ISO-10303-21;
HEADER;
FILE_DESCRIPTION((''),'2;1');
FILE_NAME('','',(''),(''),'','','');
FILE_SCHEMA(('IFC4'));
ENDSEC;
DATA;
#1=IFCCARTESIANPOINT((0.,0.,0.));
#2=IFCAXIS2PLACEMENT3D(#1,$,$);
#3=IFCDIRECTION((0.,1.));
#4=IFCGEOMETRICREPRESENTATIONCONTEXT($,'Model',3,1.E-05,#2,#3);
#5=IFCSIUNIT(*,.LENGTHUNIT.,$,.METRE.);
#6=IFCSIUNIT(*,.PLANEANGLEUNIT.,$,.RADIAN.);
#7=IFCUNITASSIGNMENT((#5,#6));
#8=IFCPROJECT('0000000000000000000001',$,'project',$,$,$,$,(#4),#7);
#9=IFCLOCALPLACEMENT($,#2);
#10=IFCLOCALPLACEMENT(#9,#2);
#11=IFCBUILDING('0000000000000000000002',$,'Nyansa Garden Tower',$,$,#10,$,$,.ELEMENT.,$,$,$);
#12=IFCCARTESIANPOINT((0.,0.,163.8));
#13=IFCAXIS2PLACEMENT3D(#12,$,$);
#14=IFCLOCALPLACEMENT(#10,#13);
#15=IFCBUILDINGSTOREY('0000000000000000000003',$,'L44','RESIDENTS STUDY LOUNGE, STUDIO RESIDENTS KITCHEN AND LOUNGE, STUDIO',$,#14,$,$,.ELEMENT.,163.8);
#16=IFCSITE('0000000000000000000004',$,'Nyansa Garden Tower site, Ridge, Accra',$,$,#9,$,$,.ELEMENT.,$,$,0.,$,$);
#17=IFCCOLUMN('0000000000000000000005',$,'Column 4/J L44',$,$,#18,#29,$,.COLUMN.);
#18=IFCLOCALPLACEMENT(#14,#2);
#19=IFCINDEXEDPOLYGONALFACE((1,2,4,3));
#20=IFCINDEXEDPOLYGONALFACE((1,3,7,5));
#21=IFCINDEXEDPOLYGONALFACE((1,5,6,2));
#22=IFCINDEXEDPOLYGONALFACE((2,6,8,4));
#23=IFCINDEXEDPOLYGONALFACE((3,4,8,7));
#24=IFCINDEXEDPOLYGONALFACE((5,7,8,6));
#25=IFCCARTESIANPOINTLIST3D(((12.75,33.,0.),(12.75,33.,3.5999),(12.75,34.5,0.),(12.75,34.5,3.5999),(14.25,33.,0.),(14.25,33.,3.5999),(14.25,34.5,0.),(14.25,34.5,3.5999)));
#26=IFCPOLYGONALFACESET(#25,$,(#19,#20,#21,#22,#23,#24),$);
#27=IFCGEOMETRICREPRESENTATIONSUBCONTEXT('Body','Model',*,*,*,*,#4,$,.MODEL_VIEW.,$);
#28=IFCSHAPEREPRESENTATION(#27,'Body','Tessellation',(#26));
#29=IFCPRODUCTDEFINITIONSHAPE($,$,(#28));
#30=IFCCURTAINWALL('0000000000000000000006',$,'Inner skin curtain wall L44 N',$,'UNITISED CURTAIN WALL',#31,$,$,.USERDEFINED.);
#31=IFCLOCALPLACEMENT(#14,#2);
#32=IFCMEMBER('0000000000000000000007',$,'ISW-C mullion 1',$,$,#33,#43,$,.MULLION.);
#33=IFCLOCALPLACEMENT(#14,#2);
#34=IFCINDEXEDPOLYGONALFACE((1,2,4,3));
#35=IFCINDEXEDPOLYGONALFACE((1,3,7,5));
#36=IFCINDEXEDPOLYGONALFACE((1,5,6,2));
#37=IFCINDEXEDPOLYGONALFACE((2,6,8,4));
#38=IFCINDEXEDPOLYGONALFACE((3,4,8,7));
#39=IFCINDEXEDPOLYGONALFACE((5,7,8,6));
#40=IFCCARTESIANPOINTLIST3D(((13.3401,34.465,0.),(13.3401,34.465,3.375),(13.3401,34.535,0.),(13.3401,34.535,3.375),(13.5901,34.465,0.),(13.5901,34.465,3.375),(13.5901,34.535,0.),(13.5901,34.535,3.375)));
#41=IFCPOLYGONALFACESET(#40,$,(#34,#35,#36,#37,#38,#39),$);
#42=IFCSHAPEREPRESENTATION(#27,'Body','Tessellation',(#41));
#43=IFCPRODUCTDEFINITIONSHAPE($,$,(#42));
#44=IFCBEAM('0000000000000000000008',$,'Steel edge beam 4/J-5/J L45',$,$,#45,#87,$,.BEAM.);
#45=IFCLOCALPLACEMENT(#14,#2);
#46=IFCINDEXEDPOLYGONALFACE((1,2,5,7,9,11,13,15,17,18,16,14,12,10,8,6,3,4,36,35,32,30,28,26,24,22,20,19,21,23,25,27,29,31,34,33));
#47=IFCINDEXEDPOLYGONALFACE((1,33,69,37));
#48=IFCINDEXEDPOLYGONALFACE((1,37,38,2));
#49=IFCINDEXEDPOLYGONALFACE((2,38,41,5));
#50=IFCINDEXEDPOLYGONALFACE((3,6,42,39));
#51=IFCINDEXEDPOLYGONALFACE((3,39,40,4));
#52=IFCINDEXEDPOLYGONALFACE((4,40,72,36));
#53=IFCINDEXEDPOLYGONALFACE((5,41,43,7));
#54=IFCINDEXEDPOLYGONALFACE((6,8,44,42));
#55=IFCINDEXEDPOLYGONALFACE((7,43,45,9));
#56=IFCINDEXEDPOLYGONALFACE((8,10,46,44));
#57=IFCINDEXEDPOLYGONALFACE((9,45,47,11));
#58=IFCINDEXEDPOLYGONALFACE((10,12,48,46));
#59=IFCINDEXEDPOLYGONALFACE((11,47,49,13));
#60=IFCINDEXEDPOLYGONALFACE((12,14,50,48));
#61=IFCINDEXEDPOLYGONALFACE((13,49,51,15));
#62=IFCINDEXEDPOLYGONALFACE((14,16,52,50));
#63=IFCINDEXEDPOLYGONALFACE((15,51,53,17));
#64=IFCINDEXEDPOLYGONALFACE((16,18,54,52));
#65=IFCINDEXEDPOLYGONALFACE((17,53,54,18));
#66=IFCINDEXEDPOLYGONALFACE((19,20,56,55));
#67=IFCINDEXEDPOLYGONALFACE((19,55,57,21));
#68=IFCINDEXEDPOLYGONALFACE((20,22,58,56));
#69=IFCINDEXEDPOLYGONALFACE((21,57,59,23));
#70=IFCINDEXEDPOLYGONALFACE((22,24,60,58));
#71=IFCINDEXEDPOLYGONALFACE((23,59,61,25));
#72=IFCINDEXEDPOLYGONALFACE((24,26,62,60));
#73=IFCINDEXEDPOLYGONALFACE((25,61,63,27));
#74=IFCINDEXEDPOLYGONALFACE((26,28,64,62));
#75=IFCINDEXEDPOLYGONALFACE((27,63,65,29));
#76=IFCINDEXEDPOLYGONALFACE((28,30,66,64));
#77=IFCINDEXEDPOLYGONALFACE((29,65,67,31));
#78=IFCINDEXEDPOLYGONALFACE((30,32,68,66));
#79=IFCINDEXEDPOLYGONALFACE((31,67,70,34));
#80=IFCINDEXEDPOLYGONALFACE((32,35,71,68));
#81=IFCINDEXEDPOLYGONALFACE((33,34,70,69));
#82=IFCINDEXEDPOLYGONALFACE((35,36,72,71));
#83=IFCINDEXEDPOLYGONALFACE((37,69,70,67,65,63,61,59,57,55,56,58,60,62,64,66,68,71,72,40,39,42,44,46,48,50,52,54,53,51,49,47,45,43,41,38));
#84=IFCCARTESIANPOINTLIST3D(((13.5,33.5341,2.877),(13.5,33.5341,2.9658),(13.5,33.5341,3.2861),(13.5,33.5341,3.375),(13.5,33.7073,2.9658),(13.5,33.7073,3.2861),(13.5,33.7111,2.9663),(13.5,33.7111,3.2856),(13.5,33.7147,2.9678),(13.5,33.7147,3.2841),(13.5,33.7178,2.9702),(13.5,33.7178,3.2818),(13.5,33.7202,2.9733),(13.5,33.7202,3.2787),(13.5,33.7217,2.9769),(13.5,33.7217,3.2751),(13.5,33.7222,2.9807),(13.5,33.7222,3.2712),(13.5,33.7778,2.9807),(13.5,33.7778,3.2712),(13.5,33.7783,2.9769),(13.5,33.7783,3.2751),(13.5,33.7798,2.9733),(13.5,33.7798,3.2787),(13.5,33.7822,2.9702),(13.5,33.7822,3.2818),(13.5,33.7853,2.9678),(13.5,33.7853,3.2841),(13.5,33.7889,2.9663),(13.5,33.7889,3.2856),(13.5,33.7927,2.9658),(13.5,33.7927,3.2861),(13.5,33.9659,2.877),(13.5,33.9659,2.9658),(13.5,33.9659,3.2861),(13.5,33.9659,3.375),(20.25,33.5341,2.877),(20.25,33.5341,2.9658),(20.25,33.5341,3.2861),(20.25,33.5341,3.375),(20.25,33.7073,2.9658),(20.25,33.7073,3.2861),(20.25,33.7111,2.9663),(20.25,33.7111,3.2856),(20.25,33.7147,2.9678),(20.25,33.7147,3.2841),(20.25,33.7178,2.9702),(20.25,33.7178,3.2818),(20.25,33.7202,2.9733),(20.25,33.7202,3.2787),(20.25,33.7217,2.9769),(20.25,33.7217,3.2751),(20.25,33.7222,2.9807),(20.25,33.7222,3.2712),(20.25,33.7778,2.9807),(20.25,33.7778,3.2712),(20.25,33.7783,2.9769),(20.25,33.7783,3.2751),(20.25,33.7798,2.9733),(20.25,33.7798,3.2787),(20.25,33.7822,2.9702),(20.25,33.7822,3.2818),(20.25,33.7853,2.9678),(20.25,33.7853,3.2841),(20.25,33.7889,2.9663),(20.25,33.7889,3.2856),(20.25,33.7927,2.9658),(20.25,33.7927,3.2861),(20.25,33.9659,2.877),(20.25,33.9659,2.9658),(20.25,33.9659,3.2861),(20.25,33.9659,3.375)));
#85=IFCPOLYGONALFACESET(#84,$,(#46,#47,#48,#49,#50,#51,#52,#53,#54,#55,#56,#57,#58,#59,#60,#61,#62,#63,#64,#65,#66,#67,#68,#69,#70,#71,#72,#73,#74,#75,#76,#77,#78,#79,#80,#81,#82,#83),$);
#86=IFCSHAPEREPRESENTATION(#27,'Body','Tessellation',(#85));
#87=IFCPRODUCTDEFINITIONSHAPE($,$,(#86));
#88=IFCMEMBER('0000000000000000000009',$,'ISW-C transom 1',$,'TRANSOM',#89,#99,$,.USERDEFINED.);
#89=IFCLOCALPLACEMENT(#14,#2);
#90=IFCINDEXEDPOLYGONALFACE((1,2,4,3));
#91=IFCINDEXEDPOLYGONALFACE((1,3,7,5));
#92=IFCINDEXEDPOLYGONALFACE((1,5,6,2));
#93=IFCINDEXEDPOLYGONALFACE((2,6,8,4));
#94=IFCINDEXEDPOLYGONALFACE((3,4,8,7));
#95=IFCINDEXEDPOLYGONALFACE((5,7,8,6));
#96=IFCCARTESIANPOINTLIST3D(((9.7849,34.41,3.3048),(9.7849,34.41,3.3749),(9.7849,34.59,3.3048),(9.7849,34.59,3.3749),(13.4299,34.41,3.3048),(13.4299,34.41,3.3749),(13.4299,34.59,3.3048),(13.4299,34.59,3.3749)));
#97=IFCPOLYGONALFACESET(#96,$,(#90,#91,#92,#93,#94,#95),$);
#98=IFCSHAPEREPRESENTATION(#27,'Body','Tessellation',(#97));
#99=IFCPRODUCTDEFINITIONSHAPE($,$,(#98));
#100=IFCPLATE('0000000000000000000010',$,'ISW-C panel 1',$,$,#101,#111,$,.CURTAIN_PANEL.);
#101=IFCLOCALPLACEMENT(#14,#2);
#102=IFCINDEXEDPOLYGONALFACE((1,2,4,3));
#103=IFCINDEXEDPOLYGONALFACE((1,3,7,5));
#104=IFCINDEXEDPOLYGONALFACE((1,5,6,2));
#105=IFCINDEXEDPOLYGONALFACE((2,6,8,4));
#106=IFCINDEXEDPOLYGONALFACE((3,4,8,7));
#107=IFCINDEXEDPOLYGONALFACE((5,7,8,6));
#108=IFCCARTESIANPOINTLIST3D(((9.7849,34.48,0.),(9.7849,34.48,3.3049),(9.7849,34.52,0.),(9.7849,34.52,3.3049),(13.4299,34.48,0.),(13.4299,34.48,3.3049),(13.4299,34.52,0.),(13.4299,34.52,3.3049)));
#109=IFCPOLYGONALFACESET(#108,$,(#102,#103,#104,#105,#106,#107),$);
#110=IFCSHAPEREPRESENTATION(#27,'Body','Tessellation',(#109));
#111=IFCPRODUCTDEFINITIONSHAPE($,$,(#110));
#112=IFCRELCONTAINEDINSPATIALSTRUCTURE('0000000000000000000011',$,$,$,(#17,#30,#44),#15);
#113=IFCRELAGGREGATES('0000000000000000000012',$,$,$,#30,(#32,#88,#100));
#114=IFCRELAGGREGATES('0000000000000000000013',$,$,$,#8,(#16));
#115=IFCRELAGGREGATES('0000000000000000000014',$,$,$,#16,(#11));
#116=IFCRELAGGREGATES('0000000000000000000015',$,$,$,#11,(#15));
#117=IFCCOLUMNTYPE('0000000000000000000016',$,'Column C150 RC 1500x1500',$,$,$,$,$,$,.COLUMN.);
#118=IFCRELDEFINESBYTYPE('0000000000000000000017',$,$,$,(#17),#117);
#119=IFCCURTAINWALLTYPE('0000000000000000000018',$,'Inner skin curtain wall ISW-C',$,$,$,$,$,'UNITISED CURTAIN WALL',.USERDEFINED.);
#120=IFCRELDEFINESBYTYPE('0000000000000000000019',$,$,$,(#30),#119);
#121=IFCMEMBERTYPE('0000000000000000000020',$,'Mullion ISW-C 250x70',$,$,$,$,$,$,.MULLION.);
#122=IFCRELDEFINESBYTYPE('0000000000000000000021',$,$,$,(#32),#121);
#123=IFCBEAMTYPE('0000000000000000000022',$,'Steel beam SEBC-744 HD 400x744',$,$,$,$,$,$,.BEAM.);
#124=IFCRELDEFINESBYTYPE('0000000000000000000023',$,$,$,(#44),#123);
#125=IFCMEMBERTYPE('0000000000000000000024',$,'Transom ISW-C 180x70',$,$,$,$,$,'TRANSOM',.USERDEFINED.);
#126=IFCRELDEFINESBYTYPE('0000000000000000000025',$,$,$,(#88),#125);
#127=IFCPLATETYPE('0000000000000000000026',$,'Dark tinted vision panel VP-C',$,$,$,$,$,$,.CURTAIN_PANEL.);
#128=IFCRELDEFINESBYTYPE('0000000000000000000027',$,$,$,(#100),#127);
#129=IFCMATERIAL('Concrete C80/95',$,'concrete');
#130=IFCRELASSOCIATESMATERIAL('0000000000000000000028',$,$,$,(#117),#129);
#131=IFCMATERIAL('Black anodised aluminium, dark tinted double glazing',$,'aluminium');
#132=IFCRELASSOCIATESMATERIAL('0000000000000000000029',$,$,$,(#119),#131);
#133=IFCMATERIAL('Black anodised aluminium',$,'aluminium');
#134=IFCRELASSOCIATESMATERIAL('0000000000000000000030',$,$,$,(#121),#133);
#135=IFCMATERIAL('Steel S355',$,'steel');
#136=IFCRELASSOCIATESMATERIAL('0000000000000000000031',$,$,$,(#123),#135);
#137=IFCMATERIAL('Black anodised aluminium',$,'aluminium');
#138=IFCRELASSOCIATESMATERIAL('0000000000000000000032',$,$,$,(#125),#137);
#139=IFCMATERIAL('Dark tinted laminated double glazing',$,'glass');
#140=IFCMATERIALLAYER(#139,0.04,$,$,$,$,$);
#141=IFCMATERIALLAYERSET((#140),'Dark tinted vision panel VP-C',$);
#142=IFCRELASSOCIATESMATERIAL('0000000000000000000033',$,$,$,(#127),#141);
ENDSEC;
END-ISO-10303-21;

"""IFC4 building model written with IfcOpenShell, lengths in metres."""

from ifc_helpers import new_model, si_unit, direction, frame, origin, origin_2d, place, context, subcontext, project, spatial, rectangle, i_section, extrude, material, layer, layer_set, material_profile, profile_set, type_object, element, aggregate, save


model = new_model("IFC4")

# Units and contexts
model_context = context("Model", 3, precision=1e-05, world=origin(), true_north=direction((0.0, 1.0)))
body_context = subcontext(model_context, "Body", "Model", "MODEL_VIEW")
ifc_project = project(units=[si_unit("LENGTHUNIT", "METRE"), si_unit("PLANEANGLEUNIT", "RADIAN")], contexts=[model_context])

# Site, building, storey
site_placement = place(None, origin())
site = spatial("IfcSite", under=ifc_project, at=site_placement, Name="Nyansa Garden Tower site, Ridge, Accra", CompositionType="ELEMENT", RefElevation=0.0)
building_placement = place(site_placement, origin())
building = spatial("IfcBuilding", under=site, at=building_placement, Name="Nyansa Garden Tower", CompositionType="ELEMENT")
storey_placement = place(building_placement, frame((0.0, 0.0, 163.8)))
storey = spatial("IfcBuildingStorey", under=building, at=storey_placement, Name="L44", Description="RESIDENTS STUDY LOUNGE, STUDIO RESIDENTS KITCHEN AND LOUNGE, STUDIO", CompositionType="ELEMENT", Elevation=163.8)

# Column
ifc_material_1 = material(Name="Concrete C80/95", Category="concrete")
ifc_material_profile_1 = material_profile(ifc_material_1, rectangle(XDim=1.5, YDim=1.5, at=origin_2d()), Name="RC 1500x1500")
ifc_profile_set_1 = profile_set([ifc_material_profile_1], Name="Concrete C80/95")
column_type = type_object("IfcColumnType", Name="Column C150 RC 1500x1500", PredefinedType="COLUMN", material=ifc_profile_set_1)
column_placement = place(storey_placement, frame((13.5, 33.75, 0.0), z_axis=(0.0, 0.0, 1.0), x_axis=(1.0, 0.0, 0.0)))
element("IfcColumn", 1, at=column_placement, inside=storey, type_object=column_type, Name="Column 4/J L44", PredefinedType="COLUMN", context=body_context, shape_type="SweptSolid", body=[
    extrude(rectangle(XDim=1.5, YDim=1.5, at=origin_2d()), origin(), (0.0, 0.0, 1.0), 3.5999),
])

# Curtain wall, member
ifc_material_2 = material(Name="Black anodised aluminium, dark tinted double glazing", Category="aluminium")
curtain_wall_type = type_object("IfcCurtainWallType", Name="Inner skin curtain wall ISW-C", ElementType="UNITISED CURTAIN WALL", PredefinedType="USERDEFINED", material=ifc_material_2)
curtain_wall_placement = place(storey_placement, origin())
curtain_wall = element("IfcCurtainWall", 2, at=curtain_wall_placement, inside=storey, type_object=curtain_wall_type, Name="Inner skin curtain wall L44 N", ObjectType="UNITISED CURTAIN WALL", PredefinedType="USERDEFINED")
ifc_material_3 = material(Name="Black anodised aluminium", Category="aluminium")
ifc_material_profile_2 = material_profile(ifc_material_3, rectangle(XDim=0.0701, YDim=0.25, at=origin_2d()), Name="Mullion 250x70")
ifc_profile_set_2 = profile_set([ifc_material_profile_2], Name="Black anodised aluminium")
member_type_1 = type_object("IfcMemberType", Name="Mullion ISW-C 250x70", PredefinedType="MULLION", material=ifc_profile_set_2)
member_1_placement = place(storey_placement, frame((13.4651, 34.5, 0.0), z_axis=(0.0, 0.0, 1.0), x_axis=(0.0, -1.0, 0.0)))
member_1 = element("IfcMember", 3, at=member_1_placement, type_object=member_type_1, Name="ISW-C mullion 1", PredefinedType="MULLION", context=body_context, shape_type="SweptSolid", body=[
    extrude(rectangle(XDim=0.0701, YDim=0.25, at=origin_2d()), origin(), (0.0, 0.0, 1.0), 3.375),
])

# Beam
ifc_material_4 = material(Name="Steel S355", Category="steel")
ifc_material_profile_3 = material_profile(ifc_material_4, i_section(OverallWidth=0.4319, OverallDepth=0.498, WebThickness=0.0557, FlangeThickness=0.0889, FilletRadius=0.0149, at=origin_2d()), Name="HD 400x744")
ifc_profile_set_3 = profile_set([ifc_material_profile_3], Name="Steel S355")
beam_type = type_object("IfcBeamType", Name="Steel beam SEBC-744 HD 400x744", PredefinedType="BEAM", material=ifc_profile_set_3)
beam_placement = place(storey_placement, frame((13.5, 33.75, 3.126), z_axis=(1.0, 0.0, 0.0), x_axis=(0.0, 1.0, 0.0)))
element("IfcBeam", 4, at=beam_placement, inside=storey, type_object=beam_type, Name="Steel edge beam 4/J-5/J L45", PredefinedType="BEAM", context=body_context, shape_type="SweptSolid", body=[
    extrude(i_section(OverallWidth=0.4319, OverallDepth=0.498, WebThickness=0.0557, FlangeThickness=0.0889, FilletRadius=0.0149, at=origin_2d()), origin(), (0.0, 0.0, 1.0), 6.75),
])

# Member
ifc_material_5 = material(Name="Black anodised aluminium", Category="aluminium")
ifc_material_profile_4 = material_profile(ifc_material_5, rectangle(XDim=0.1799, YDim=0.0701, at=origin_2d()), Name="Transom 180x70")
ifc_profile_set_4 = profile_set([ifc_material_profile_4], Name="Black anodised aluminium")
member_type_2 = type_object("IfcMemberType", Name="Transom ISW-C 180x70", ElementType="TRANSOM", PredefinedType="USERDEFINED", material=ifc_profile_set_4)
member_2_placement = place(storey_placement, frame((13.4299, 34.5, 3.3398), z_axis=(-1.0, 0.0, 0.0), x_axis=(0.0, -1.0, 0.0)))
member_2 = element("IfcMember", 5, at=member_2_placement, type_object=member_type_2, Name="ISW-C transom 1", ObjectType="TRANSOM", PredefinedType="USERDEFINED", context=body_context, shape_type="SweptSolid", body=[
    extrude(rectangle(XDim=0.1799, YDim=0.0701, at=origin_2d()), origin(), (0.0, 0.0, 1.0), 3.645),
])

# Plate
ifc_material_6 = material(Name="Dark tinted laminated double glazing", Category="glass")
ifc_layer_1 = layer(ifc_material_6, 0.04)
ifc_layer_set_1 = layer_set([ifc_layer_1], Name="Dark tinted vision panel VP-C")
plate_type = type_object("IfcPlateType", Name="Dark tinted vision panel VP-C", PredefinedType="CURTAIN_PANEL", material=ifc_layer_set_1)
plate_placement = place(storey_placement, frame((11.6074, 34.5, 0.0), z_axis=(0.0, 0.0, 1.0), x_axis=(-1.0, 0.0, 0.0)))
plate = element("IfcPlate", 6, at=plate_placement, type_object=plate_type, Name="ISW-C panel 1", PredefinedType="CURTAIN_PANEL", context=body_context, shape_type="SweptSolid", body=[
    extrude(rectangle(XDim=3.645, YDim=0.04, at=origin_2d()), origin(), (0.0, 0.0, 1.0), 3.3049),
])
aggregate(curtain_wall, [member_1, member_2, plate])

save(model, "model.ifc")
